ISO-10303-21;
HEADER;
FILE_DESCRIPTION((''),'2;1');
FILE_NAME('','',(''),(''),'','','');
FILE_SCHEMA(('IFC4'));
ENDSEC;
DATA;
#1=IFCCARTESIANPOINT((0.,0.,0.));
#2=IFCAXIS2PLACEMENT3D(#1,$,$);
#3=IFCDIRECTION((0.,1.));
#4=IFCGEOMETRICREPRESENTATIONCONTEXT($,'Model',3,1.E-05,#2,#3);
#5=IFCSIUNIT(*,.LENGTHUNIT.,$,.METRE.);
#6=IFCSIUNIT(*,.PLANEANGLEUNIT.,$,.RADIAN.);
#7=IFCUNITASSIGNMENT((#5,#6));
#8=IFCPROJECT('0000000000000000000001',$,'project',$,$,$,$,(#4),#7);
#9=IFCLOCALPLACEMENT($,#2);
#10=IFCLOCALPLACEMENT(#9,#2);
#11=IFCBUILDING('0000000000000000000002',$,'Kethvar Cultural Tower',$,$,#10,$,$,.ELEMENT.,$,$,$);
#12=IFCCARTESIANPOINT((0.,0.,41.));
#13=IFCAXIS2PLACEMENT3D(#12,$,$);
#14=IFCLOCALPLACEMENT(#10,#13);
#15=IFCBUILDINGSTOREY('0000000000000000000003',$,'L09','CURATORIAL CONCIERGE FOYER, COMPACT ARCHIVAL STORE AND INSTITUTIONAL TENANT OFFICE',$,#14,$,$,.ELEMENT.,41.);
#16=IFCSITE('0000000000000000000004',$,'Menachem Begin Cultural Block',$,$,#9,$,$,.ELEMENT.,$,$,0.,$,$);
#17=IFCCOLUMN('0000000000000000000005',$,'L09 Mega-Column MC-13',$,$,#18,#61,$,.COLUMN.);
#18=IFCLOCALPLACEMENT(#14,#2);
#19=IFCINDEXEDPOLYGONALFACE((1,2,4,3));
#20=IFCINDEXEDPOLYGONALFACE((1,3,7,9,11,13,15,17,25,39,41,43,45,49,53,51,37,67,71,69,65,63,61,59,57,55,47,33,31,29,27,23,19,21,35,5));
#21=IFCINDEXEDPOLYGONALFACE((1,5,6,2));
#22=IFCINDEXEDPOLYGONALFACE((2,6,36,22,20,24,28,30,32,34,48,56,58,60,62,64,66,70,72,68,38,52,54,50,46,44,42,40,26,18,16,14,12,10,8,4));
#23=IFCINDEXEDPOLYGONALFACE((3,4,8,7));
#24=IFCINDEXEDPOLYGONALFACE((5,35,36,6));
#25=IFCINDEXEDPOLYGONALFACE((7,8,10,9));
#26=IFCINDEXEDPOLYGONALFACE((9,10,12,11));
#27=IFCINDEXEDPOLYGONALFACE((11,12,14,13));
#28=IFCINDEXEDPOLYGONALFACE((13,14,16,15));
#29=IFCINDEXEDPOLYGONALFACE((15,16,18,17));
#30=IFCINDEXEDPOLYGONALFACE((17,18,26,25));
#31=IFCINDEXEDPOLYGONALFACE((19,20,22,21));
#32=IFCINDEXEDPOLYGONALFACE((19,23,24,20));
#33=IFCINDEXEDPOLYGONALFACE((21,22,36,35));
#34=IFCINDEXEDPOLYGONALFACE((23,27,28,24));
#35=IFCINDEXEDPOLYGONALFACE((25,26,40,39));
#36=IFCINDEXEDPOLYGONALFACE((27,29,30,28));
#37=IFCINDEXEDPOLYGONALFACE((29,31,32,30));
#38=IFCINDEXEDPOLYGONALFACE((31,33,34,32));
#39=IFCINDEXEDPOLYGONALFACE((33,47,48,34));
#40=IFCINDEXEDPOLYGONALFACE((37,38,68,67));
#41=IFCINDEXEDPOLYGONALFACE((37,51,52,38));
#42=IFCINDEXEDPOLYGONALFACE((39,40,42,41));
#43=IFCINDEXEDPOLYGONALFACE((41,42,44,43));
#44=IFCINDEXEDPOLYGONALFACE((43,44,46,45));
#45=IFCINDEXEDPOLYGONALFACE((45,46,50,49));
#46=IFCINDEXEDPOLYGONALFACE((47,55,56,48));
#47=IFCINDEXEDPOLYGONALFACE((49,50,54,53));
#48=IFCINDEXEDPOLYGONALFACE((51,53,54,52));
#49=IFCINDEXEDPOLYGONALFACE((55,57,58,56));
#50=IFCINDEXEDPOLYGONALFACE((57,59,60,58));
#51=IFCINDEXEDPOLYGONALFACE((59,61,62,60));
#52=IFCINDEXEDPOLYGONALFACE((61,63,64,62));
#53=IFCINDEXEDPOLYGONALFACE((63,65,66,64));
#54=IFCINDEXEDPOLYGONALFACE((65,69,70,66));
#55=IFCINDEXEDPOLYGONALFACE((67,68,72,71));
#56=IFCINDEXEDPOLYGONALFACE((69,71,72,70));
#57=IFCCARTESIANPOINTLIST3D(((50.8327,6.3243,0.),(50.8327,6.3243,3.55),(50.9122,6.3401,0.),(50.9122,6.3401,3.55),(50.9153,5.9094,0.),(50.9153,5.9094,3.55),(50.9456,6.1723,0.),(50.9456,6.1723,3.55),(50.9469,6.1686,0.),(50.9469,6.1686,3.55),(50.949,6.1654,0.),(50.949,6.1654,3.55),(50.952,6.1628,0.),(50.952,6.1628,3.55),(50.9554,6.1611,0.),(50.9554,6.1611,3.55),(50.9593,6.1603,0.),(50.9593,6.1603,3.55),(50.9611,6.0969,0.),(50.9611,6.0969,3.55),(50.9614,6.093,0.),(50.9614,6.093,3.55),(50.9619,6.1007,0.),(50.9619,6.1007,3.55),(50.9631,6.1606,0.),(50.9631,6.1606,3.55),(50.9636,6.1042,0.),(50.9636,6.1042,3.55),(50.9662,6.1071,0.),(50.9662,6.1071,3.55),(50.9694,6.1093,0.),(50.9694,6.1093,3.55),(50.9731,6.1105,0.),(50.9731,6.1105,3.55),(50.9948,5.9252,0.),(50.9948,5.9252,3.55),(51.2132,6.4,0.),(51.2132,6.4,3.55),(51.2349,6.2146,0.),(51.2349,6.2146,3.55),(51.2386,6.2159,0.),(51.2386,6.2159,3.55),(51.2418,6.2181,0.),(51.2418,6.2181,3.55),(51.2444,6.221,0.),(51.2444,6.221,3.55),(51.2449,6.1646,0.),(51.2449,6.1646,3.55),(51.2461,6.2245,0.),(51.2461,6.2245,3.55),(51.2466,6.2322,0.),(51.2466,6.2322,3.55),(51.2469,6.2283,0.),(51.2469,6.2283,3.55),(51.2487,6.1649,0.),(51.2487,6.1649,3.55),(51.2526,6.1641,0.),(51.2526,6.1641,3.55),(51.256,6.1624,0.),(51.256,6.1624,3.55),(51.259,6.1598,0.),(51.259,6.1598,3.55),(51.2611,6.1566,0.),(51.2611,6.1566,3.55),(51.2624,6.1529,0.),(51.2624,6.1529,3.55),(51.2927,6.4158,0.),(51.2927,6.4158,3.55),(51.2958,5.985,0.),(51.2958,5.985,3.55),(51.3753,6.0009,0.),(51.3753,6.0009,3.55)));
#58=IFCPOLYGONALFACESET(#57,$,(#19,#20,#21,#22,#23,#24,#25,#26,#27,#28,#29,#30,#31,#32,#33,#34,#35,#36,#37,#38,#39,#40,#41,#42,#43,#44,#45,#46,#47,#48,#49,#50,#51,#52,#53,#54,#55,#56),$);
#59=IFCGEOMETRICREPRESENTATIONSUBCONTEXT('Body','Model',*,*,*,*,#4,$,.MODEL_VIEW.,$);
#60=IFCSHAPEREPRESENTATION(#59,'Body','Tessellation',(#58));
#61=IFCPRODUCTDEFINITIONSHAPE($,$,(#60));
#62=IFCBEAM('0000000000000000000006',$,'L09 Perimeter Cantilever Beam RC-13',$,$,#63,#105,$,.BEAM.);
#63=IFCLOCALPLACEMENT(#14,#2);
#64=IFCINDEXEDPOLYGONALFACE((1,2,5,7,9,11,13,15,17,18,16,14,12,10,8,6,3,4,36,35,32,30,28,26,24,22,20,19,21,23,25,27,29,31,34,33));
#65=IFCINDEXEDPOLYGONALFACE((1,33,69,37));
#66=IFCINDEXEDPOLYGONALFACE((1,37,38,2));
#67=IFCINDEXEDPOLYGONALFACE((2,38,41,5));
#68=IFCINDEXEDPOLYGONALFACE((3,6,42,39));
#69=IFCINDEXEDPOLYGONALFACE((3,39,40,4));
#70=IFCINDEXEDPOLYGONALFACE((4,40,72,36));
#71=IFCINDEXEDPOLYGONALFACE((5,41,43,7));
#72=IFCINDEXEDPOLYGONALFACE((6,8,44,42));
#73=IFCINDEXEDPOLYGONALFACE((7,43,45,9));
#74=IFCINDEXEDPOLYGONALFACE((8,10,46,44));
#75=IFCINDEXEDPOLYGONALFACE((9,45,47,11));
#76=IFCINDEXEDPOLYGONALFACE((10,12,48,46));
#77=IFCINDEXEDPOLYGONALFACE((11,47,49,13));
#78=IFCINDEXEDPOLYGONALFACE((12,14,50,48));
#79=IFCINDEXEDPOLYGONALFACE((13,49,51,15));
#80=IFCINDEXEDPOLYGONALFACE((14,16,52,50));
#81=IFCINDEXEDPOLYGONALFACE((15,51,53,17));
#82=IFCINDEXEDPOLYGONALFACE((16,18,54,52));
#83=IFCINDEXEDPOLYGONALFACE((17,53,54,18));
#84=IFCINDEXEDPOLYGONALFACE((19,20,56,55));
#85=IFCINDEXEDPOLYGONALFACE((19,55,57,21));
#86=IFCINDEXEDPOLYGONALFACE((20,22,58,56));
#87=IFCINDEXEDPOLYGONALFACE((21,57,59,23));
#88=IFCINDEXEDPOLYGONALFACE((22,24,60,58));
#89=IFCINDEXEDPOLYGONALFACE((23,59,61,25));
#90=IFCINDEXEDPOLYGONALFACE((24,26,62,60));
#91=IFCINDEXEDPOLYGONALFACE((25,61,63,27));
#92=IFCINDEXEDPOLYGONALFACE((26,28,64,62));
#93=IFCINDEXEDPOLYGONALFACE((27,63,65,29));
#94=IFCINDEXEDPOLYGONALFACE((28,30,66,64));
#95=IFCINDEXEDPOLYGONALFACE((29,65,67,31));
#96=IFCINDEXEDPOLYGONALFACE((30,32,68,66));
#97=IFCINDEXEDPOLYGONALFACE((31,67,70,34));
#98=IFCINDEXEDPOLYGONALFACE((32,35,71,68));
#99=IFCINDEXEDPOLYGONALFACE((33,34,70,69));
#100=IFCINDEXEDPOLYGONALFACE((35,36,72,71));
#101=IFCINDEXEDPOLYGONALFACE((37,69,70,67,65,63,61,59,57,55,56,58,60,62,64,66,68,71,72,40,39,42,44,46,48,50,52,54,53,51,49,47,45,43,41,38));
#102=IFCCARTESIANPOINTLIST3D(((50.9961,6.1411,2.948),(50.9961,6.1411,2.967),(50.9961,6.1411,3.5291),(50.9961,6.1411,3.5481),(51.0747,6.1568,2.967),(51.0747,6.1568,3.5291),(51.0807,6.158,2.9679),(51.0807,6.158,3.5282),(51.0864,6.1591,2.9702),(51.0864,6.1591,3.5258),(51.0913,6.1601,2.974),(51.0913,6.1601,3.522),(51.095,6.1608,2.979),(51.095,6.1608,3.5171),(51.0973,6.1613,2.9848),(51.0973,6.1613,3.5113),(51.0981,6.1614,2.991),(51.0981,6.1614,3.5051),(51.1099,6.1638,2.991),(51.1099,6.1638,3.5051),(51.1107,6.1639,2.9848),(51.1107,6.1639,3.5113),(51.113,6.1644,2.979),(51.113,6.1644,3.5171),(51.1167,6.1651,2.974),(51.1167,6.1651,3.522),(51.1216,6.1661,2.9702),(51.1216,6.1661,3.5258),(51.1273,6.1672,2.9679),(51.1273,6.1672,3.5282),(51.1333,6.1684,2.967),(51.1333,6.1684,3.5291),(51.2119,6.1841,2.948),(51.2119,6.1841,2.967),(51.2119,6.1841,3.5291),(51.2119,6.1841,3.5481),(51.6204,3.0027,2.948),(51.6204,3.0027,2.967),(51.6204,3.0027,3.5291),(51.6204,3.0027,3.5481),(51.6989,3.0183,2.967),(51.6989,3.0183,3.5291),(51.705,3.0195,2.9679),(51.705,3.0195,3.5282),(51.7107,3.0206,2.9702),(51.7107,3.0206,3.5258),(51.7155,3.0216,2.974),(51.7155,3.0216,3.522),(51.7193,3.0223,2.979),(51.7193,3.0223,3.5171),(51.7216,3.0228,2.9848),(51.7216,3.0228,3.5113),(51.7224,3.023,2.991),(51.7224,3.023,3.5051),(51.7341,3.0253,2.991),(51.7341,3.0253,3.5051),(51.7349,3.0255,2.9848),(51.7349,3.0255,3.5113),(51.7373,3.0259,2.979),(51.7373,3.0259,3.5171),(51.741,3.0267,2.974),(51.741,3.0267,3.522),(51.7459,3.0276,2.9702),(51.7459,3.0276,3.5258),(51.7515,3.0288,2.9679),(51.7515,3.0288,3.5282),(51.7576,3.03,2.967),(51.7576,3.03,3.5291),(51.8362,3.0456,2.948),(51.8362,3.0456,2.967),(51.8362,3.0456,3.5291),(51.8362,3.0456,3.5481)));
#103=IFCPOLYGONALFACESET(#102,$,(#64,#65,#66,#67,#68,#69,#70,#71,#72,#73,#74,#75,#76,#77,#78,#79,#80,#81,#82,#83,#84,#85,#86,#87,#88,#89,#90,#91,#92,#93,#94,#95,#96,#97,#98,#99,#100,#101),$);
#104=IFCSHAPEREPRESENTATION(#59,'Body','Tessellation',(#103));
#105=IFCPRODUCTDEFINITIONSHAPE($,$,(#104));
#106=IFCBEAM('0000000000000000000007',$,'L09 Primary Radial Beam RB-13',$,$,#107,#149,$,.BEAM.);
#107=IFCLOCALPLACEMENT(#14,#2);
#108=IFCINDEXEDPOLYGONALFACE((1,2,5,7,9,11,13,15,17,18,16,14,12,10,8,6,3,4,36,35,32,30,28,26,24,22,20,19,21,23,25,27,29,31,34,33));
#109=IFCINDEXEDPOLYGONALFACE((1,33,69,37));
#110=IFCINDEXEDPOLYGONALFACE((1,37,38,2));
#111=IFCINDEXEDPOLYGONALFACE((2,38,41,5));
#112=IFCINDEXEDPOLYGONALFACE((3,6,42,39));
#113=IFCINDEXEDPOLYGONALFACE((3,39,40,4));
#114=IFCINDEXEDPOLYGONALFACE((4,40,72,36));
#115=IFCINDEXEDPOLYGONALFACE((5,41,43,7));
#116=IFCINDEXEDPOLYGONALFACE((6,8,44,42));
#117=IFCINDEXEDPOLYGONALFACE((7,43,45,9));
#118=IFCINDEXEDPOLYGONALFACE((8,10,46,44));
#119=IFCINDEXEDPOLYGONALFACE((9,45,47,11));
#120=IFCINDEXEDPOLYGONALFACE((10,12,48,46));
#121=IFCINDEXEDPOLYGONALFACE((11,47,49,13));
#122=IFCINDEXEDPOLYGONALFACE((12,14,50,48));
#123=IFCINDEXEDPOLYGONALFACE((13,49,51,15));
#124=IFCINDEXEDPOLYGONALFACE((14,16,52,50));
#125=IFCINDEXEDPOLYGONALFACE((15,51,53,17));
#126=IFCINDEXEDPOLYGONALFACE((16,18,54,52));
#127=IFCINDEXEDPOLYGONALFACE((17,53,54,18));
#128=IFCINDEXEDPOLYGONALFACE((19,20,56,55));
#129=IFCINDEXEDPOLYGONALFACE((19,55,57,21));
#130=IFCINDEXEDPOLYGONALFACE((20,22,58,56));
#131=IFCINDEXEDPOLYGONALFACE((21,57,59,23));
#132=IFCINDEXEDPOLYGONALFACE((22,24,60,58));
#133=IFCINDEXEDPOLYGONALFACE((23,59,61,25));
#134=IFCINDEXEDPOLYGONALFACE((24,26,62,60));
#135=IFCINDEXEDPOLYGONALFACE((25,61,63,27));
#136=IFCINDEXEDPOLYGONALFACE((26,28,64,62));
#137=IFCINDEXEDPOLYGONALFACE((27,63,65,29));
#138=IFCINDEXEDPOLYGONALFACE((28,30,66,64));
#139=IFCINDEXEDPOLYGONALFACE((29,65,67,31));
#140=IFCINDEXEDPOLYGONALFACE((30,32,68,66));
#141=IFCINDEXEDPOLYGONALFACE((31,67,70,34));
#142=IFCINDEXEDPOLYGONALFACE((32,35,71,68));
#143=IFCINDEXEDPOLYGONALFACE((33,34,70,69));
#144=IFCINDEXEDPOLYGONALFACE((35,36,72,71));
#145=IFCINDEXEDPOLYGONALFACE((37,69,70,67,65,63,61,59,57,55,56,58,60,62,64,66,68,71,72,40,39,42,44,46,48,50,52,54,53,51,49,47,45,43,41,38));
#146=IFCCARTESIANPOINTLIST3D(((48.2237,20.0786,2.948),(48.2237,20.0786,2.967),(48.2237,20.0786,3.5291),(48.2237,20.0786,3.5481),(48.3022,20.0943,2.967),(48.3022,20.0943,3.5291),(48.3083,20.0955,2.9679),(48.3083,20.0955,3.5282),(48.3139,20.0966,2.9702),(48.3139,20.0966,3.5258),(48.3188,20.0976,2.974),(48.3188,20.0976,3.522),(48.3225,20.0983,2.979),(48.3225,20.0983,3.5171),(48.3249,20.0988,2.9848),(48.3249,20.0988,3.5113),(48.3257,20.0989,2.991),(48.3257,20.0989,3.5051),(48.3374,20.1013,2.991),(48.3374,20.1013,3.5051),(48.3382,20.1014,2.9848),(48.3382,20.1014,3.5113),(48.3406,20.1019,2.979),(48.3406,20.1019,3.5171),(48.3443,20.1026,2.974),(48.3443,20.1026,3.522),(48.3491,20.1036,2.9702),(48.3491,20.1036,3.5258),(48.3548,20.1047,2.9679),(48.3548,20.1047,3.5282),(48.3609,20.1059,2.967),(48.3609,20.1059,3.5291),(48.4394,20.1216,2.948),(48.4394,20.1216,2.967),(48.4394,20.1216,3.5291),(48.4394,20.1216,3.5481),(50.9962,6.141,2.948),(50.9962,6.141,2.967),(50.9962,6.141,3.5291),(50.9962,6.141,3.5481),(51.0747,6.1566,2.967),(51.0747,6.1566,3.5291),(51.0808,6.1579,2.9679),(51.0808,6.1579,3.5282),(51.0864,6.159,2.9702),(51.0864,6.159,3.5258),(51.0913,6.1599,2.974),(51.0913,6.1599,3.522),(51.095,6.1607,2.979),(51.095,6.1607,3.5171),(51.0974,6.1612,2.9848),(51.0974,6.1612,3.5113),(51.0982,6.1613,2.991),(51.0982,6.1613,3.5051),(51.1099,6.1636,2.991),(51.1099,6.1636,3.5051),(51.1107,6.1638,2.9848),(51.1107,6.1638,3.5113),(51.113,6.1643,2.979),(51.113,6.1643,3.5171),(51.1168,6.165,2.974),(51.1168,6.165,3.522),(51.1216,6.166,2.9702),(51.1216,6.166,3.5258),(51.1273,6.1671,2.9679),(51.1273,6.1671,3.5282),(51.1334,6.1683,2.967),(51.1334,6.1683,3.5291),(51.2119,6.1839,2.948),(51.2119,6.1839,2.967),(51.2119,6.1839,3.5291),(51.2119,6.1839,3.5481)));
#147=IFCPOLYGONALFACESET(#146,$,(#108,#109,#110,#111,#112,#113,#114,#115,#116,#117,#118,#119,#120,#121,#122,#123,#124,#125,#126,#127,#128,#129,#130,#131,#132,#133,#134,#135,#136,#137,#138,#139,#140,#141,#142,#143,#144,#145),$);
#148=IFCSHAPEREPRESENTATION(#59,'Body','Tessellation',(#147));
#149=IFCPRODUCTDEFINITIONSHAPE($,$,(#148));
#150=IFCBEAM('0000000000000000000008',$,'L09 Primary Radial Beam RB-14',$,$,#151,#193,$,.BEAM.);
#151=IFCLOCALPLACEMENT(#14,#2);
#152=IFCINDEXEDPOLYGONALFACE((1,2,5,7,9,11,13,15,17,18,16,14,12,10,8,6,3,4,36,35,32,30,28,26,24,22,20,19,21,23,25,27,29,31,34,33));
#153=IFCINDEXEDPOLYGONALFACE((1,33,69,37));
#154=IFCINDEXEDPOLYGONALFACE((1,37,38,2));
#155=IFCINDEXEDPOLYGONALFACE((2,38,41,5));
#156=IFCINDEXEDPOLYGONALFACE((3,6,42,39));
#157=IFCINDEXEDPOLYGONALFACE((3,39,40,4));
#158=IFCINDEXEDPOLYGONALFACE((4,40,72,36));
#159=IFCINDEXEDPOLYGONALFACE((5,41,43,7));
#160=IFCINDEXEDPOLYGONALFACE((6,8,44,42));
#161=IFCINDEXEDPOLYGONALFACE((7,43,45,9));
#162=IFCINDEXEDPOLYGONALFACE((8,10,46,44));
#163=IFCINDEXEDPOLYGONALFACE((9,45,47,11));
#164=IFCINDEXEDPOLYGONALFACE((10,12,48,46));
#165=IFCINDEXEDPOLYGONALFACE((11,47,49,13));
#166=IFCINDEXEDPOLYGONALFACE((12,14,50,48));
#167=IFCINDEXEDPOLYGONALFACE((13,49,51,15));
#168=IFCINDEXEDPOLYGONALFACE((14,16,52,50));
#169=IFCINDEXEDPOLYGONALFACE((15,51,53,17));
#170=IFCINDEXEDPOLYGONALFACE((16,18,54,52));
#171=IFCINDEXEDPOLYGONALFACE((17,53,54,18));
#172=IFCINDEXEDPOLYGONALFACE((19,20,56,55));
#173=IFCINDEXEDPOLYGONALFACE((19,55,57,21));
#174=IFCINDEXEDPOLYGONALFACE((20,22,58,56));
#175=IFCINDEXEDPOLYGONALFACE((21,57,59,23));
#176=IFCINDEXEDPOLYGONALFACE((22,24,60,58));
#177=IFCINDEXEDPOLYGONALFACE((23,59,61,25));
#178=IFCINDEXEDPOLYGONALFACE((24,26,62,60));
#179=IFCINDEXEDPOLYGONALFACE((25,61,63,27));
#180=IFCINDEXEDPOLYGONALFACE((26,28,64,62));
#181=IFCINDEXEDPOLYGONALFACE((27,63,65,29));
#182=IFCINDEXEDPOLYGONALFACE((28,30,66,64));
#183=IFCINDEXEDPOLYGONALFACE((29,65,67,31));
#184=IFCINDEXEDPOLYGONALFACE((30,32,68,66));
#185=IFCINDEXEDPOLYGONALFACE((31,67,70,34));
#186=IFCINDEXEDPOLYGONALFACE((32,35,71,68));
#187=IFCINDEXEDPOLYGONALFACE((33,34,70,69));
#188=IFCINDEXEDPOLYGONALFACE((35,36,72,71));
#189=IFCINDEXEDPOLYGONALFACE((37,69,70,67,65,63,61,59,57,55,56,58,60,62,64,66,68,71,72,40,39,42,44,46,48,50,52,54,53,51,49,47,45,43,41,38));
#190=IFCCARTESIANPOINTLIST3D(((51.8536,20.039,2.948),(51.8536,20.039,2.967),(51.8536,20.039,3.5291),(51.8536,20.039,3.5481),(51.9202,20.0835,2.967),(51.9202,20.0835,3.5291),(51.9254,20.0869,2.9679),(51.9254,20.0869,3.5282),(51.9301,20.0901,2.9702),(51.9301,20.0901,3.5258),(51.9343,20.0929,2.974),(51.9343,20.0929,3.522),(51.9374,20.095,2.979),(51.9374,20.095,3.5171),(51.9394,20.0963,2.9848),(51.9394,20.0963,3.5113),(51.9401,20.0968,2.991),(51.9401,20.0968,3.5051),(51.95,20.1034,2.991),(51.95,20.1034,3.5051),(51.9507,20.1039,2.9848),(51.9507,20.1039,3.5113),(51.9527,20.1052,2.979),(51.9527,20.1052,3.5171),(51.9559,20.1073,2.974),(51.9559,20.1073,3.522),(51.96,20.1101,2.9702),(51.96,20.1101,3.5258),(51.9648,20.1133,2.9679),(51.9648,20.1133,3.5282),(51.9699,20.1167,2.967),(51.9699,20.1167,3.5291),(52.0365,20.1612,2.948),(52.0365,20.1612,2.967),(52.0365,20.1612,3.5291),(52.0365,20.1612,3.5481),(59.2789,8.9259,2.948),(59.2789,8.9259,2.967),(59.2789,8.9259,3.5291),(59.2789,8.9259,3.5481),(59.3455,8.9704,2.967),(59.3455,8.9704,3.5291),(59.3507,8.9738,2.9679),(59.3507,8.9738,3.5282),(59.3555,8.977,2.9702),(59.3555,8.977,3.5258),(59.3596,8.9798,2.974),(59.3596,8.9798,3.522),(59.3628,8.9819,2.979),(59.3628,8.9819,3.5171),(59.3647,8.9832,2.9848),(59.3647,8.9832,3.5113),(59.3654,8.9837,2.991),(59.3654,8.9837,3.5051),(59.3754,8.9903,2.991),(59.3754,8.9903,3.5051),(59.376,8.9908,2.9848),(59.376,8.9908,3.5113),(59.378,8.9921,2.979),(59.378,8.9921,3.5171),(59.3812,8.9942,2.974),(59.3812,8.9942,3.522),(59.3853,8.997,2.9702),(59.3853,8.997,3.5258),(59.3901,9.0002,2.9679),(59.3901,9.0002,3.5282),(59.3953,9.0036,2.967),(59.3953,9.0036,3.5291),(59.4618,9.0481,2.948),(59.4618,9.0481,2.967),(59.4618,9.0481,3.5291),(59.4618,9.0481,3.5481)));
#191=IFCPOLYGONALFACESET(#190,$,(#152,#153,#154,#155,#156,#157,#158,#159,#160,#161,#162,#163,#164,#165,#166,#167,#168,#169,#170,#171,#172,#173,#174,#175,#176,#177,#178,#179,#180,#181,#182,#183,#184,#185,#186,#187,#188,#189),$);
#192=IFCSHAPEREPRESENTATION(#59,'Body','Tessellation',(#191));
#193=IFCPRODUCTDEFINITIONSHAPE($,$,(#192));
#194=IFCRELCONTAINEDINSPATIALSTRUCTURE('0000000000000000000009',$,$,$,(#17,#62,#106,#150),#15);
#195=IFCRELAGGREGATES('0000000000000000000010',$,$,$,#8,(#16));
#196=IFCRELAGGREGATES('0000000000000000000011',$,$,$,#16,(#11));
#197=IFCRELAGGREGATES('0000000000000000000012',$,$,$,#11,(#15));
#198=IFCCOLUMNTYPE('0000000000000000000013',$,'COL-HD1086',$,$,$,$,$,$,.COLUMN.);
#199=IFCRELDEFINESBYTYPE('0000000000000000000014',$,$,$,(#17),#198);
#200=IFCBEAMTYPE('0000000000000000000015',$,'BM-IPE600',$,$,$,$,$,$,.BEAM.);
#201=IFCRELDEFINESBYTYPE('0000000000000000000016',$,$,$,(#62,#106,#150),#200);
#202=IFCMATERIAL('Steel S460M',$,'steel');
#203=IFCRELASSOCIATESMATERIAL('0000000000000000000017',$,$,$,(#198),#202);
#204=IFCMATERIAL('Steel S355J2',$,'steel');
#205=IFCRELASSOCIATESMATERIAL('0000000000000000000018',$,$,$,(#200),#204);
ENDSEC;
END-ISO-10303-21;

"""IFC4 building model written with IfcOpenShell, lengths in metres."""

from ifc_helpers import new_model, si_unit, direction, frame, origin, origin_2d, place, context, subcontext, project, spatial, i_section, extrude, source, transform, mapped, material, material_profile, profile_set, type_object, element, save


model = new_model("IFC4")

# Units and contexts
model_context = context("Model", 3, precision=1e-05, world=origin(), true_north=direction((0.0, 1.0)))
body_context = subcontext(model_context, "Body", "Model", "MODEL_VIEW")
ifc_project = project(units=[si_unit("LENGTHUNIT", "METRE"), si_unit("PLANEANGLEUNIT", "RADIAN")], contexts=[model_context])

# Site, building, storey
site_placement = place(None, origin())
site = spatial("IfcSite", under=ifc_project, at=site_placement, Name="Menachem Begin Cultural Block", CompositionType="ELEMENT", RefElevation=0.0)
building_placement = place(site_placement, origin())
building = spatial("IfcBuilding", under=site, at=building_placement, Name="Kethvar Cultural Tower", CompositionType="ELEMENT")
storey_placement = place(building_placement, frame((0.0, 0.0, 41.0)))
storey = spatial("IfcBuildingStorey", under=building, at=storey_placement, Name="L09", Description="CURATORIAL CONCIERGE FOYER, COMPACT ARCHIVAL STORE AND INSTITUTIONAL TENANT OFFICE", CompositionType="ELEMENT", Elevation=41.0)

# Column
ifc_material_1 = material(Name="Steel S460M", Category="steel")
ifc_material_profile_1 = material_profile(ifc_material_1, i_section(OverallWidth=0.4231, OverallDepth=0.469, WebThickness=0.051, FlangeThickness=0.0811, FilletRadius=0.0149, at=origin_2d()), Name="Steel S460M — HD400x1086")
ifc_profile_set_1 = profile_set([ifc_material_profile_1], Name="Steel S460M — HD400x1086")
column_type = type_object("IfcColumnType", Name="COL-HD1086", PredefinedType="COLUMN", material=ifc_profile_set_1)
shared_shape_1 = source(origin(), body_context, "Body", "SweptSolid", [
    extrude(i_section(OverallWidth=0.4231, OverallDepth=0.469, WebThickness=0.051, FlangeThickness=0.0811, FilletRadius=0.0149, at=origin_2d()), origin(), (0.0, 0.0, 1.0), 3.55),
])
column_placement = place(storey_placement, frame((51.104, 6.1626, 0.0), z_axis=(0.0, 0.0, 1.0), x_axis=(0.19509, -0.980785, 0.0)))
element("IfcColumn", 1, at=column_placement, inside=storey, type_object=column_type, Name="L09 Mega-Column MC-13", PredefinedType="COLUMN", context=body_context, shape_type="MappedRepresentation", body=[
    mapped(shared_shape_1, transform((0.0, 0.0, 0.0), scale=1.0)),
])

# Beams
ifc_material_2 = material(Name="Steel S355J2", Category="steel")
ifc_material_profile_2 = material_profile(ifc_material_2, i_section(OverallWidth=0.22, OverallDepth=0.6001, WebThickness=0.012, FlangeThickness=0.019, FilletRadius=0.0239, at=origin_2d()), Name="Steel S355J2 — IPE600")
ifc_profile_set_2 = profile_set([ifc_material_profile_2], Name="Steel S355J2 — IPE600")
beam_type_1 = type_object("IfcBeamType", Name="BM-IPE600", PredefinedType="BEAM", material=ifc_profile_set_2)
shared_shape_2 = source(origin(), body_context, "Body", "SweptSolid", [
    extrude(i_section(OverallWidth=0.22, OverallDepth=0.6001, WebThickness=0.012, FlangeThickness=0.019, FilletRadius=0.0239, at=origin_2d()), origin(), (0.0, 0.0, 1.0), 3.2),
])
beam_1_placement = place(storey_placement, frame((51.104, 6.1626, 3.248), z_axis=(0.195089, -0.980786, 0.0), x_axis=(0.980786, 0.195089, 0.0)))
element("IfcBeam", 2, at=beam_1_placement, inside=storey, type_object=beam_type_1, Name="L09 Perimeter Cantilever Beam RC-13", PredefinedType="BEAM", context=body_context, shape_type="MappedRepresentation", body=[
    mapped(shared_shape_2, transform((0.0, 0.0, 0.0), scale=1.0)),
])
shared_shape_3 = source(origin(), body_context, "Body", "SweptSolid", [
    extrude(i_section(OverallWidth=0.22, OverallDepth=0.6001, WebThickness=0.012, FlangeThickness=0.019, FilletRadius=0.0239, at=origin_2d()), origin(), (0.0, 0.0, 1.0), 14.2107),
])
beam_2_placement = place(storey_placement, frame((48.3315, 20.1001, 3.248), z_axis=(0.195098, -0.980784, 0.0), x_axis=(0.980784, 0.195098, 0.0)))
element("IfcBeam", 3, at=beam_2_placement, inside=storey, type_object=beam_type_1, Name="L09 Primary Radial Beam RB-13", PredefinedType="BEAM", context=body_context, shape_type="MappedRepresentation", body=[
    mapped(shared_shape_3, transform((0.0, 0.0, 0.0), scale=1.0)),
])
shared_shape_4 = source(origin(), body_context, "Body", "SweptSolid", [
    extrude(i_section(OverallWidth=0.22, OverallDepth=0.6001, WebThickness=0.012, FlangeThickness=0.019, FilletRadius=0.0239, at=origin_2d()), origin(), (0.0, 0.0, 1.0), 13.3655),
])
beam_3_placement = place(storey_placement, frame((51.9451, 20.1001, 3.248), z_axis=(0.55556, -0.831477, 0.0), x_axis=(0.831477, 0.55556, 0.0)))
element("IfcBeam", 4, at=beam_3_placement, inside=storey, type_object=beam_type_1, Name="L09 Primary Radial Beam RB-14", PredefinedType="BEAM", context=body_context, shape_type="MappedRepresentation", body=[
    mapped(shared_shape_4, transform((0.0, 0.0, 0.0), scale=1.0)),
])

save(model, "model.ifc")
